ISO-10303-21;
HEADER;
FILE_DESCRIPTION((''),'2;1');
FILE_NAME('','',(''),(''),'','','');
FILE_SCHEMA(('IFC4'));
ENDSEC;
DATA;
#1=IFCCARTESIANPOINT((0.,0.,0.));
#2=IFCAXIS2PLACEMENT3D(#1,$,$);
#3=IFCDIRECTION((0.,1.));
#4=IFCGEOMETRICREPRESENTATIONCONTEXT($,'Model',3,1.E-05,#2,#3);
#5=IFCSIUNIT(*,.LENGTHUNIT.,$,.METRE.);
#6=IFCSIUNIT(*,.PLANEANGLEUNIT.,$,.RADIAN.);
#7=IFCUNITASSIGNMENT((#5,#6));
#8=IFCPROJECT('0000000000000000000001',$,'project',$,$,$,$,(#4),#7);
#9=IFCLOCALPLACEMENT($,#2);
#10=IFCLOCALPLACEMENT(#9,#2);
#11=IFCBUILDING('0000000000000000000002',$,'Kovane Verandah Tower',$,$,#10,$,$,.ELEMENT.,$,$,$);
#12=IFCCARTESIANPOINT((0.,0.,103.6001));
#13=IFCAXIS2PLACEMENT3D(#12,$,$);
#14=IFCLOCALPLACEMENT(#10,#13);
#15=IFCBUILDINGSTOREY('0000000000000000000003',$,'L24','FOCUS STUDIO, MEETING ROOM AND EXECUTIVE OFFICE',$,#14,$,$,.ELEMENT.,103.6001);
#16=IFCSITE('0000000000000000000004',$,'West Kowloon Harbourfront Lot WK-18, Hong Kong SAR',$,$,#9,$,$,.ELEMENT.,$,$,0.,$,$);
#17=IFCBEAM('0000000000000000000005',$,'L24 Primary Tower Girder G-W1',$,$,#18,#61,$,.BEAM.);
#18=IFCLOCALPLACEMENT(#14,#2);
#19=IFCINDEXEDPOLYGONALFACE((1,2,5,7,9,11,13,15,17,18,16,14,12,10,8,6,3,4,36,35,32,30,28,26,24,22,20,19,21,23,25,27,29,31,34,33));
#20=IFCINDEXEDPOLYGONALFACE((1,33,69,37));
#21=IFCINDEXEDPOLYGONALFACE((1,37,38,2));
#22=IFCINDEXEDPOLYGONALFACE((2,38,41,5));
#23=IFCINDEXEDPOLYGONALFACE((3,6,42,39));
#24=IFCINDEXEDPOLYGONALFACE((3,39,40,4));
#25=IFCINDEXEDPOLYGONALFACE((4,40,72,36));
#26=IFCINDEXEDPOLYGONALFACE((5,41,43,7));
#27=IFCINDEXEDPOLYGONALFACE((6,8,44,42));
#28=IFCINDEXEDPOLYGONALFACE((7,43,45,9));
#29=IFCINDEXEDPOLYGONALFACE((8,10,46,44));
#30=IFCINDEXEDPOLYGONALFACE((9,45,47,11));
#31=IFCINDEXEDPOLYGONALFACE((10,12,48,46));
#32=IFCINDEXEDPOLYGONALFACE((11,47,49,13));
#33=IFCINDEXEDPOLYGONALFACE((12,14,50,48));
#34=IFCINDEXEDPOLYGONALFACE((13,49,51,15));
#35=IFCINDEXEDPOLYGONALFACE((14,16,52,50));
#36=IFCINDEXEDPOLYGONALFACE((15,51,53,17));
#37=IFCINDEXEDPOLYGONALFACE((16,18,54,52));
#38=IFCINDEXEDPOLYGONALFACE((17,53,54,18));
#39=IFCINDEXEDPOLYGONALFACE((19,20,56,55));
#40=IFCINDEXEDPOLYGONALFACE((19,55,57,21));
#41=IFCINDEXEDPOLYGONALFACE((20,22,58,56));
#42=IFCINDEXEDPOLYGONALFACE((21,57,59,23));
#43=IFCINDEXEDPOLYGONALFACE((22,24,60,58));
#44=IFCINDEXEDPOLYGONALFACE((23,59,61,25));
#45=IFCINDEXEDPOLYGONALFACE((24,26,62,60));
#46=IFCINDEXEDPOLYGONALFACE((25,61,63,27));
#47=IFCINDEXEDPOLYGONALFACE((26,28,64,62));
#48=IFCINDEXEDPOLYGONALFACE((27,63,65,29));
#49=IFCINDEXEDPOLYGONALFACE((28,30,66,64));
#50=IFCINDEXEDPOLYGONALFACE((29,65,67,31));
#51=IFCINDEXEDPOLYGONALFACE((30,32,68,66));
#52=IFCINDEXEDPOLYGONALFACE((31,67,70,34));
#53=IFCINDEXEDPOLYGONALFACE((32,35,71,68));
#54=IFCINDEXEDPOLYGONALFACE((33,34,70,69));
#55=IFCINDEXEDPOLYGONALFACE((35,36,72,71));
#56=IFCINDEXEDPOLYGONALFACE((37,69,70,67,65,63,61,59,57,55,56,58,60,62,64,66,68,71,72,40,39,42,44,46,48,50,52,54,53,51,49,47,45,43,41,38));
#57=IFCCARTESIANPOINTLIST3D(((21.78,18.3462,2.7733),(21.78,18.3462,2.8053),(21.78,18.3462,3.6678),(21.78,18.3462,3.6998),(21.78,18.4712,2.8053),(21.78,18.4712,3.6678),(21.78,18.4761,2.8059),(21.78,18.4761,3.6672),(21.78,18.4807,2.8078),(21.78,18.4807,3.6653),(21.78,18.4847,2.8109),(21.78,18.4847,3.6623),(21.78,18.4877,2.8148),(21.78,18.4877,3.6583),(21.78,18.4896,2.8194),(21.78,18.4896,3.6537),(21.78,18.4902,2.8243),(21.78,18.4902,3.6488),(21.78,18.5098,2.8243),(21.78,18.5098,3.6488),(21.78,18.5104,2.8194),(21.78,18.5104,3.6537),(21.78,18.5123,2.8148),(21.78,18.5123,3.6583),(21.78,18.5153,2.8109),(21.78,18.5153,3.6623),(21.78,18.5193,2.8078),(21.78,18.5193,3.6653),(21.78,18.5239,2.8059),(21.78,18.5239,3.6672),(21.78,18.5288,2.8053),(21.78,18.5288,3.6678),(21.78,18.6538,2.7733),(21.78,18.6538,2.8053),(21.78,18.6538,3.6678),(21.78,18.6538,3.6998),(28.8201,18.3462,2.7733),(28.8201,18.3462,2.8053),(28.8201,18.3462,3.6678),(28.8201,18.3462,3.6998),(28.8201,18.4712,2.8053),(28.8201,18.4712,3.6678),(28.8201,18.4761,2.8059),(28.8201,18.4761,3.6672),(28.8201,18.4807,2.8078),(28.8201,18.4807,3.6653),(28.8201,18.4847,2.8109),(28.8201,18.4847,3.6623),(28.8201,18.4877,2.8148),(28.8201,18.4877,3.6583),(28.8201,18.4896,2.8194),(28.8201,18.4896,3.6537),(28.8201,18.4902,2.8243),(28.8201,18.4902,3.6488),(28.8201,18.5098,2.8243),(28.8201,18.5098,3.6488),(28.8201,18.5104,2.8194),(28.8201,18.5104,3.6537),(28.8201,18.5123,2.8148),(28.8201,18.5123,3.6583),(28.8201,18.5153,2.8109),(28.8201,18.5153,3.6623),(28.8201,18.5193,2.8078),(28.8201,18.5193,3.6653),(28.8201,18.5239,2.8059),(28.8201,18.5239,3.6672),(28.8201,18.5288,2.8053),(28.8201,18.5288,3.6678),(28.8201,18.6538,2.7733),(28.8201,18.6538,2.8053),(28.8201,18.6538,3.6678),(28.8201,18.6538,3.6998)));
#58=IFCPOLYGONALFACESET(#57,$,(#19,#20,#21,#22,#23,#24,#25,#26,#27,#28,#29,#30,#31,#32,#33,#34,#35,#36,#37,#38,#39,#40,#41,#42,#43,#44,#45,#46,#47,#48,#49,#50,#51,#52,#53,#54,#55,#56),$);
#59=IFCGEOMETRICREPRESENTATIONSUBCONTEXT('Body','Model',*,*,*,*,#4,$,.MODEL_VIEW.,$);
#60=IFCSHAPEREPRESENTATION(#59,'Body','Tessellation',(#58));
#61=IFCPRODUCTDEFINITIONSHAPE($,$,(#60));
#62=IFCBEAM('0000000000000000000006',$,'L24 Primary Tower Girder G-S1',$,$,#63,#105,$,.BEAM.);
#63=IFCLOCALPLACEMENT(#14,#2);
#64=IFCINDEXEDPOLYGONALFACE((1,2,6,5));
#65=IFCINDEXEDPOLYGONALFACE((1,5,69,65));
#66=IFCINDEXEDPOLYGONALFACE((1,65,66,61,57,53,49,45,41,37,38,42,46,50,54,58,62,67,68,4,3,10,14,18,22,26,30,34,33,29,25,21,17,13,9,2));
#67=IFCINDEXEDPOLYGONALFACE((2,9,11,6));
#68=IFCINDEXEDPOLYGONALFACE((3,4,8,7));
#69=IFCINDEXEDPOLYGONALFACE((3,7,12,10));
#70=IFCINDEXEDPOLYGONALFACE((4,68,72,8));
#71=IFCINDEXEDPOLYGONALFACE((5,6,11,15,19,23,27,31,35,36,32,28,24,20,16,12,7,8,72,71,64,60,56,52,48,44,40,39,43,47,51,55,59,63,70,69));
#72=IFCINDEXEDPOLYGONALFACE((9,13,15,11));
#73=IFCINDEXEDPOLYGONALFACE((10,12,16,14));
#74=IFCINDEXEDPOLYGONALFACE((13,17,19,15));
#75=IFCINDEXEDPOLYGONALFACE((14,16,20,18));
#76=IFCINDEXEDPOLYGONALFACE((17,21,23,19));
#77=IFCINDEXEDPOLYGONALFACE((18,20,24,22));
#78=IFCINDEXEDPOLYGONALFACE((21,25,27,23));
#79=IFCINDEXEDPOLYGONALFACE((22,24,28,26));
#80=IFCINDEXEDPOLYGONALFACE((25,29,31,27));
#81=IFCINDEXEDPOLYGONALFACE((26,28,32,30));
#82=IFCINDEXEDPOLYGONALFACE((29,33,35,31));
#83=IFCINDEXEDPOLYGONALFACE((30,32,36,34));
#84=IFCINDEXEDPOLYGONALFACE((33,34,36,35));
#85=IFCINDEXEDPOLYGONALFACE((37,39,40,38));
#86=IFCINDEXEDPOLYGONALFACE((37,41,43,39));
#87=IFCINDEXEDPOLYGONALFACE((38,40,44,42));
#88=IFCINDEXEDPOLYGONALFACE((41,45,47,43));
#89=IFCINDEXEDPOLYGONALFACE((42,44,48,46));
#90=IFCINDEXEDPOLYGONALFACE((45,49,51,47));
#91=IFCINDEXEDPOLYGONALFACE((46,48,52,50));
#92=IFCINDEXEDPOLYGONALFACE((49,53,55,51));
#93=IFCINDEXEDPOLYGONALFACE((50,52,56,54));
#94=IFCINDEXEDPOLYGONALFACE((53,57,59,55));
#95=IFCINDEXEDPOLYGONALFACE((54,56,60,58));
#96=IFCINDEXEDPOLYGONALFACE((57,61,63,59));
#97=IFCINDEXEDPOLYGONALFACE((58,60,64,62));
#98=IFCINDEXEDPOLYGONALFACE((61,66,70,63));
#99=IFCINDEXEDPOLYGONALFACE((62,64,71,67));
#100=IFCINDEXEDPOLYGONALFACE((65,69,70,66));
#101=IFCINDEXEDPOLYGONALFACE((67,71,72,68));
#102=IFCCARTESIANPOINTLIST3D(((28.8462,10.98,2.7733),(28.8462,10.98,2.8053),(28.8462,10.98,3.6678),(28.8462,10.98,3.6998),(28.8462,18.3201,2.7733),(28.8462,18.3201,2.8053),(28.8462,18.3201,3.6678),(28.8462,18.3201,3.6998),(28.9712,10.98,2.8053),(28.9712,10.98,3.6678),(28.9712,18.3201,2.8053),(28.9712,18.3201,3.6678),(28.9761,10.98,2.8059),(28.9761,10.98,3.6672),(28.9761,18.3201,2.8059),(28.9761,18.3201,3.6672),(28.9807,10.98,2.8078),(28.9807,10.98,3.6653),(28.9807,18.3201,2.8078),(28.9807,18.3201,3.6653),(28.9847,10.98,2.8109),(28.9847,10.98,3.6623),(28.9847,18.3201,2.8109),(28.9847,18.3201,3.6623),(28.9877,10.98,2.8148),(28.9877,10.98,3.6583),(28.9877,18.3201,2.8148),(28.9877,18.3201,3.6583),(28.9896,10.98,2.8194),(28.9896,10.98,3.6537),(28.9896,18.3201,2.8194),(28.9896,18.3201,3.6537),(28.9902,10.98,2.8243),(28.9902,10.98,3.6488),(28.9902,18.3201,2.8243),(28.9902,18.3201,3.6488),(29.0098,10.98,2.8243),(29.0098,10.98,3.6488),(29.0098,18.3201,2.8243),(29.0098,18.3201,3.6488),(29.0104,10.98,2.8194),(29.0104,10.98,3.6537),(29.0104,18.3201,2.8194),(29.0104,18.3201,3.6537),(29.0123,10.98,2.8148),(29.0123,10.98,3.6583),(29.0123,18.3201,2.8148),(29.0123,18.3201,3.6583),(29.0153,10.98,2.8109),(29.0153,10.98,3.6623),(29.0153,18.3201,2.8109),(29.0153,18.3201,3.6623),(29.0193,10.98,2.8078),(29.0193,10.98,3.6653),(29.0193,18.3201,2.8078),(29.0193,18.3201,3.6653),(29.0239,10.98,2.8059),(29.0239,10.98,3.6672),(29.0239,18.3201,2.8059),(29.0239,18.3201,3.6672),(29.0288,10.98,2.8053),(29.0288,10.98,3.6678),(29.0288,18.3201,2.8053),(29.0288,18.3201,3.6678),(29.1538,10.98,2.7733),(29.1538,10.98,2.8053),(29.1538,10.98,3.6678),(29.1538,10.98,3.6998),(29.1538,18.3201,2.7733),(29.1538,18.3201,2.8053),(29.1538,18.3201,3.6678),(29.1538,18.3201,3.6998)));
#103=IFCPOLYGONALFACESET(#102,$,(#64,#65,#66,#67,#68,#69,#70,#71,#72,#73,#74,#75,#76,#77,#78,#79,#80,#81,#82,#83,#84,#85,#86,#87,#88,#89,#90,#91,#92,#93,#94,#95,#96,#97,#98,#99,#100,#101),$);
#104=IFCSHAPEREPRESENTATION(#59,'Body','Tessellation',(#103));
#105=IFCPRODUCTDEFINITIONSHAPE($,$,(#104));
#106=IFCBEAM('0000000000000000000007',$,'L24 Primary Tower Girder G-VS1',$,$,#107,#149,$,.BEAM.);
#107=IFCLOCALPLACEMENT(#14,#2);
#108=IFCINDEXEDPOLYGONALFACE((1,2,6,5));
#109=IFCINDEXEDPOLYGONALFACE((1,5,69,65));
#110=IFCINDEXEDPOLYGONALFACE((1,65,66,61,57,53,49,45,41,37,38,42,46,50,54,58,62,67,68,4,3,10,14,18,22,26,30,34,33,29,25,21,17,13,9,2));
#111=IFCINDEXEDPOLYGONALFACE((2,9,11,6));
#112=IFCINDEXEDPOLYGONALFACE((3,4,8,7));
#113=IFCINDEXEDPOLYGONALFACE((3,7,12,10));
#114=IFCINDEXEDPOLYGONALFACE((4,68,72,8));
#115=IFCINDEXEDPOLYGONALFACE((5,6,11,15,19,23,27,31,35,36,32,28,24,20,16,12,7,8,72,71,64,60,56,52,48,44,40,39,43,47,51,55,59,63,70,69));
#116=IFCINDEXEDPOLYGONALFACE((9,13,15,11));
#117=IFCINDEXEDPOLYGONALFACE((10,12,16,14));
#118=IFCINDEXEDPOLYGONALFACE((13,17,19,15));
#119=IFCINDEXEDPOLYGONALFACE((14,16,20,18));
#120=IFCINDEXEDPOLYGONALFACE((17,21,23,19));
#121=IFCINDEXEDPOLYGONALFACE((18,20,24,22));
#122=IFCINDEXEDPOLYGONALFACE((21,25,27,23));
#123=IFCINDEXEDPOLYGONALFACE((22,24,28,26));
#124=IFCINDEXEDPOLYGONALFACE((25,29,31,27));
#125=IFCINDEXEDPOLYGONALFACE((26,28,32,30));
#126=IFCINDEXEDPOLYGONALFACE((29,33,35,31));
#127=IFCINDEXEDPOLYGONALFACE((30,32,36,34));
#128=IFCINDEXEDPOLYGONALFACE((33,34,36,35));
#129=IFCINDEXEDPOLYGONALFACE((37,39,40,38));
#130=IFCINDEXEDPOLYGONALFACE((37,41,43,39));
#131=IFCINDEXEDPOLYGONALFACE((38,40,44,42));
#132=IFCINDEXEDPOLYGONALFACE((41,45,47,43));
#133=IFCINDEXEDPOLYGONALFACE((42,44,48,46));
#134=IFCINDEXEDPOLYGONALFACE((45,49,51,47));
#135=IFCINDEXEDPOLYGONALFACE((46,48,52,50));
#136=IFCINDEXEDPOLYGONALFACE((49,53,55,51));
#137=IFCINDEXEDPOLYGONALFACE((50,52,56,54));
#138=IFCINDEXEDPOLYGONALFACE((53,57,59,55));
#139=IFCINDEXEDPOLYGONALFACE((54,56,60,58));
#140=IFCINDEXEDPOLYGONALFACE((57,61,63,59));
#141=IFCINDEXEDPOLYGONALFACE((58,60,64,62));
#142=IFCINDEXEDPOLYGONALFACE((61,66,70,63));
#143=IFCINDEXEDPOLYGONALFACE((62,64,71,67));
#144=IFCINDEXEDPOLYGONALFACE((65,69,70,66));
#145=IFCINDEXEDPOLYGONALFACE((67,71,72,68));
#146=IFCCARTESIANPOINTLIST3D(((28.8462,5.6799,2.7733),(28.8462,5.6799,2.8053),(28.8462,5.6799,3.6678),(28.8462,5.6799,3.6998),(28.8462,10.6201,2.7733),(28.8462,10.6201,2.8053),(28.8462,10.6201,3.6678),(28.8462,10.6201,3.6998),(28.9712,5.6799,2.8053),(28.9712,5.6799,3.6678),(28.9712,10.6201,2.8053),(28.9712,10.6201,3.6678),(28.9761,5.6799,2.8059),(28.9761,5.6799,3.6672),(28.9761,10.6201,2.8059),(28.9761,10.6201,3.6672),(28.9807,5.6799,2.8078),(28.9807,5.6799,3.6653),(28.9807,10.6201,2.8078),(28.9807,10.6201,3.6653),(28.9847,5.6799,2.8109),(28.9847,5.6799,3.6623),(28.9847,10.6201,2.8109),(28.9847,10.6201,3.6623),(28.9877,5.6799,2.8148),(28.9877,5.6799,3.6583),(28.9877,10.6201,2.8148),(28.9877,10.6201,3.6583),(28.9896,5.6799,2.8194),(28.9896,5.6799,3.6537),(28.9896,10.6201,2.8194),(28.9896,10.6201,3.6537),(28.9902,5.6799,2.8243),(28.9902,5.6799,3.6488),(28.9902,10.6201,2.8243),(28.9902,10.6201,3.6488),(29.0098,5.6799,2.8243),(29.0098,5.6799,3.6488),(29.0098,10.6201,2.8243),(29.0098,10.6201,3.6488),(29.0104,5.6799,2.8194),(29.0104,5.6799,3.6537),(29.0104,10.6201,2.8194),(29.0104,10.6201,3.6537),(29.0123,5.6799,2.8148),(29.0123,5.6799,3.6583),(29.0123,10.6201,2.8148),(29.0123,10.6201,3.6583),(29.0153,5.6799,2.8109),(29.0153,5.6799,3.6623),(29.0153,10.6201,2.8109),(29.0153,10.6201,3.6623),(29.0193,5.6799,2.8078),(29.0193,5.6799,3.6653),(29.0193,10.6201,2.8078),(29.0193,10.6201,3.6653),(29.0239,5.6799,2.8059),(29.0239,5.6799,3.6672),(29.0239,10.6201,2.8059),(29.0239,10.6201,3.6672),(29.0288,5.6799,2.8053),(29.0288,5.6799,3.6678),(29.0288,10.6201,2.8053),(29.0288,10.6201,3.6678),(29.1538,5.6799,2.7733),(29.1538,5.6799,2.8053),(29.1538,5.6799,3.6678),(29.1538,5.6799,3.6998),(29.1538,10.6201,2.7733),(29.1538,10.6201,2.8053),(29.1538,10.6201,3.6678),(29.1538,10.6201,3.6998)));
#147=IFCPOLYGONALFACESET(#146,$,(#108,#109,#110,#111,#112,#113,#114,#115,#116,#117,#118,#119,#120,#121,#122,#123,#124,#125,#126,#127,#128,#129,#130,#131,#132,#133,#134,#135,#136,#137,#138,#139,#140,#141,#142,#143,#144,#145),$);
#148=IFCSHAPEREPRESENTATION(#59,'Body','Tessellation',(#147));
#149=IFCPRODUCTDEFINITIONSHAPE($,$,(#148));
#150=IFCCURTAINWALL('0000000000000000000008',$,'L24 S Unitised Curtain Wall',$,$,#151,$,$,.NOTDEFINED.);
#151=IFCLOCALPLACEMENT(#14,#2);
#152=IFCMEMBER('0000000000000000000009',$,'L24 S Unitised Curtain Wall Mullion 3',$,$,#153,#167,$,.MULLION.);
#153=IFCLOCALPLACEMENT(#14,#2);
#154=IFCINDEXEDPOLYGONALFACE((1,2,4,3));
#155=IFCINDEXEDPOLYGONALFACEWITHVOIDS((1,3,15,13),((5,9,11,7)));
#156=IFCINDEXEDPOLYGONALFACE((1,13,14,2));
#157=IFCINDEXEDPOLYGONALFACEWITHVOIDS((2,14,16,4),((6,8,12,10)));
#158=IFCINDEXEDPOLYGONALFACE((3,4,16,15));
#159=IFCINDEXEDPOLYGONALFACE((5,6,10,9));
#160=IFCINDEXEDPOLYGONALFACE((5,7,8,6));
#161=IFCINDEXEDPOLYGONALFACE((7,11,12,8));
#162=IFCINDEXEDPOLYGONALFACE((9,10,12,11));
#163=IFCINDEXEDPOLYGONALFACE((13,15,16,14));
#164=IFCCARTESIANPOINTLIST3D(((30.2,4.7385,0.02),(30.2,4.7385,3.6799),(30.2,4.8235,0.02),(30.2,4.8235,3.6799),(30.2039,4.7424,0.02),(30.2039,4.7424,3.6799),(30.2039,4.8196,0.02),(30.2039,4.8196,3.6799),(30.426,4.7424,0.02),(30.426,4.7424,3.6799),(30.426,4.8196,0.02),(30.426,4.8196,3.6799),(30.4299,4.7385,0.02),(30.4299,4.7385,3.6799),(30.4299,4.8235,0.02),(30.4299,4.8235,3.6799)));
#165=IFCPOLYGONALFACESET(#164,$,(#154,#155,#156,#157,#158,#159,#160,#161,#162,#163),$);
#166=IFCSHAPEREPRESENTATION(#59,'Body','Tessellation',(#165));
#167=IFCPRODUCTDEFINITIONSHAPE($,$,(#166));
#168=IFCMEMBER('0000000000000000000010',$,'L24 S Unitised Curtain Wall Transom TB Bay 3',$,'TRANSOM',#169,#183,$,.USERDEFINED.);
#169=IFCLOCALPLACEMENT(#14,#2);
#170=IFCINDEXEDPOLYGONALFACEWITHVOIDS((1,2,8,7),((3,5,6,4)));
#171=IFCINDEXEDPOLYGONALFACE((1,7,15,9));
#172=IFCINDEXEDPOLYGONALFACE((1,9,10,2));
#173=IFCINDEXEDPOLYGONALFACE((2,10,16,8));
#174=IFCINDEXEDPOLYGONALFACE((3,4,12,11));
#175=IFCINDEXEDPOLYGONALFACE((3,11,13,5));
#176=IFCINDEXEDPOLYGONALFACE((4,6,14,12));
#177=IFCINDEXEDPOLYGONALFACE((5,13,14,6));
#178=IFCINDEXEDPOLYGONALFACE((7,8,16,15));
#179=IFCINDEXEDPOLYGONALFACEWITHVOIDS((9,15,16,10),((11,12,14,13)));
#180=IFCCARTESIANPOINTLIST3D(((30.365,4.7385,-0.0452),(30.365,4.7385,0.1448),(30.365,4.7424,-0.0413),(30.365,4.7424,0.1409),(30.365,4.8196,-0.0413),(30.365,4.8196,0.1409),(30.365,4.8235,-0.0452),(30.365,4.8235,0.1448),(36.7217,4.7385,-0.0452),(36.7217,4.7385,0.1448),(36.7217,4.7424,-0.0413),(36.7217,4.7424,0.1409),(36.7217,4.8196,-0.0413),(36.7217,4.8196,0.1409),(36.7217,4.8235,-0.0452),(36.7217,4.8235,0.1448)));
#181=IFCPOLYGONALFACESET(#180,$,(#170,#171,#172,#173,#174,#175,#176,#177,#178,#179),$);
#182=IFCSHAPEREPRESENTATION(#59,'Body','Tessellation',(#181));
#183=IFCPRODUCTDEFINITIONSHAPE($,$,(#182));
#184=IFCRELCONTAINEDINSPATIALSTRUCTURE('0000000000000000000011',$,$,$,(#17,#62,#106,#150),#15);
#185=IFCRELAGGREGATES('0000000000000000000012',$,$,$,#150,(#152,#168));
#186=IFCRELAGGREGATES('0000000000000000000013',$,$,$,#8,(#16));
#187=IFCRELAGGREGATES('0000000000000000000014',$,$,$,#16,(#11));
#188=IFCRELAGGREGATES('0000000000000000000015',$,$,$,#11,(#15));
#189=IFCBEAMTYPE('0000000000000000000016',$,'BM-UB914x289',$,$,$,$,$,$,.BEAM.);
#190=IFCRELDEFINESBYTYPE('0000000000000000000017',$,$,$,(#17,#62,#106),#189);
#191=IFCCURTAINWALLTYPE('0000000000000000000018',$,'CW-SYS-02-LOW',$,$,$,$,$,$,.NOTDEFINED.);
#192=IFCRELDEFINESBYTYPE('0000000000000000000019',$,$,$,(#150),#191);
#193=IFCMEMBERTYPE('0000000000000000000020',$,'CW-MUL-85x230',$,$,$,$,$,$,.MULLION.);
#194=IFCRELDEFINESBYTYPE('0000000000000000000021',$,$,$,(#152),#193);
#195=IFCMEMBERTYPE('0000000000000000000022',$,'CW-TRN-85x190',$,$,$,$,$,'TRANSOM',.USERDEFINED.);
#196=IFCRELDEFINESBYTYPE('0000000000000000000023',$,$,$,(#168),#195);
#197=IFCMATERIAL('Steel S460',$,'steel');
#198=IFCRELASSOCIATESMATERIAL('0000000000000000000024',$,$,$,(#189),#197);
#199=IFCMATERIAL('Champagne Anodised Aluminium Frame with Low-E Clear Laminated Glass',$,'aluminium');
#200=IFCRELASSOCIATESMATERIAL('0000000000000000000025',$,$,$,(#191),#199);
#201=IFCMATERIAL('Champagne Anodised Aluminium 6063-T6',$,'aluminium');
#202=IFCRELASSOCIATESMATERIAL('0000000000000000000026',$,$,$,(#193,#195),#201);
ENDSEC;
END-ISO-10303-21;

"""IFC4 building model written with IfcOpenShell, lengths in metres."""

from ifc_helpers import new_model, si_unit, direction, frame, origin, origin_2d, place, context, subcontext, project, spatial, hollow_rectangle, i_section, extrude, material, material_profile, profile_set, type_object, element, aggregate, save


model = new_model("IFC4")

# Units and contexts
model_context = context("Model", 3, precision=1e-05, world=origin(), true_north=direction((0.0, 1.0)))
body_context = subcontext(model_context, "Body", "Model", "MODEL_VIEW")
ifc_project = project(units=[si_unit("LENGTHUNIT", "METRE"), si_unit("PLANEANGLEUNIT", "RADIAN")], contexts=[model_context])

# Site, building, storey
site_placement = place(None, origin())
site = spatial("IfcSite", under=ifc_project, at=site_placement, Name="West Kowloon Harbourfront Lot WK-18, Hong Kong SAR", CompositionType="ELEMENT", RefElevation=0.0)
building_placement = place(site_placement, origin())
building = spatial("IfcBuilding", under=site, at=building_placement, Name="Kovane Verandah Tower", CompositionType="ELEMENT")
storey_placement = place(building_placement, frame((0.0, 0.0, 103.6001)))
storey = spatial("IfcBuildingStorey", under=building, at=storey_placement, Name="L24", Description="FOCUS STUDIO, MEETING ROOM AND EXECUTIVE OFFICE", CompositionType="ELEMENT", Elevation=103.6001)

# Shared definitions
ifc_material_1 = material(Name="Steel S460", Category="steel")

# Beams
ifc_material_profile_1 = material_profile(ifc_material_1, i_section(OverallWidth=0.3076, OverallDepth=0.9265, WebThickness=0.0195, FlangeThickness=0.032, FilletRadius=0.019, at=origin_2d()), Name="UB914x305x289")
ifc_profile_set_1 = profile_set([ifc_material_profile_1], Name="Steel S460")
beam_type_1 = type_object("IfcBeamType", Name="BM-UB914x289", PredefinedType="BEAM", material=ifc_profile_set_1)
beam_1_placement = place(storey_placement, frame((28.8201, 18.5, 3.2366), z_axis=(-1.0, 0.0, 0.0), x_axis=(0.0, -1.0, 0.0)))
element("IfcBeam", 1, at=beam_1_placement, inside=storey, type_object=beam_type_1, Name="L24 Primary Tower Girder G-W1", PredefinedType="BEAM", context=body_context, shape_type="SweptSolid", body=[
    extrude(i_section(OverallWidth=0.3076, OverallDepth=0.9265, WebThickness=0.0195, FlangeThickness=0.032, FilletRadius=0.019, at=origin_2d()), origin(), (0.0, 0.0, 1.0), 7.04),
])
beam_2_placement = place(storey_placement, frame((29.0, 18.3201, 3.2366), z_axis=(0.0, -1.0, 0.0), x_axis=(1.0, 0.0, 0.0)))
element("IfcBeam", 2, at=beam_2_placement, inside=storey, type_object=beam_type_1, Name="L24 Primary Tower Girder G-S1", PredefinedType="BEAM", context=body_context, shape_type="SweptSolid", body=[
    extrude(i_section(OverallWidth=0.3076, OverallDepth=0.9265, WebThickness=0.0195, FlangeThickness=0.032, FilletRadius=0.019, at=origin_2d()), origin(), (0.0, 0.0, 1.0), 7.3401),
])
beam_3_placement = place(storey_placement, frame((29.0, 10.6201, 3.2366), z_axis=(0.0, -1.0, 0.0), x_axis=(1.0, 0.0, 0.0)))
element("IfcBeam", 3, at=beam_3_placement, inside=storey, type_object=beam_type_1, Name="L24 Primary Tower Girder G-VS1", PredefinedType="BEAM", context=body_context, shape_type="SweptSolid", body=[
    extrude(i_section(OverallWidth=0.3076, OverallDepth=0.9265, WebThickness=0.0195, FlangeThickness=0.032, FilletRadius=0.019, at=origin_2d()), origin(), (0.0, 0.0, 1.0), 4.9402),
])

# Curtain wall, members
ifc_material_2 = material(Name="Champagne Anodised Aluminium Frame with Low-E Clear Laminated Glass", Category="aluminium")
curtain_wall_type = type_object("IfcCurtainWallType", Name="CW-SYS-02-LOW", PredefinedType="NOTDEFINED", material=ifc_material_2)
curtain_wall_placement = place(storey_placement, origin())
curtain_wall = element("IfcCurtainWall", 4, at=curtain_wall_placement, inside=storey, type_object=curtain_wall_type, Name="L24 S Unitised Curtain Wall", PredefinedType="NOTDEFINED")
ifc_material_3 = material(Name="Champagne Anodised Aluminium 6063-T6", Category="aluminium")
ifc_material_profile_2 = material_profile(ifc_material_3, hollow_rectangle(XDim=0.085, YDim=0.23, WallThickness=0.0039, at=origin_2d()), Name="AL85x230x4")
ifc_profile_set_2 = profile_set([ifc_material_profile_2], Name="Champagne Anodised Aluminium 6063-T6")
member_type_1 = type_object("IfcMemberType", Name="CW-MUL-85x230", PredefinedType="MULLION", material=ifc_profile_set_2)
member_1_placement = place(storey_placement, frame((30.3149, 4.781, 0.02), z_axis=(0.0, 0.0, 1.0), x_axis=(0.0, -1.0, 0.0)))
member_1 = element("IfcMember", 5, at=member_1_placement, type_object=member_type_1, Name="L24 S Unitised Curtain Wall Mullion 3", PredefinedType="MULLION", context=body_context, shape_type="SweptSolid", body=[
    extrude(hollow_rectangle(XDim=0.085, YDim=0.23, WallThickness=0.0039, at=origin_2d()), origin(), (0.0, 0.0, 1.0), 3.6599),
])
ifc_material_profile_3 = material_profile(ifc_material_3, hollow_rectangle(XDim=0.085, YDim=0.1899, WallThickness=0.0039, at=origin_2d()), Name="AL85x190x4")
ifc_profile_set_3 = profile_set([ifc_material_profile_3], Name="Champagne Anodised Aluminium 6063-T6")
member_type_2 = type_object("IfcMemberType", Name="CW-TRN-85x190", ElementType="TRANSOM", PredefinedType="USERDEFINED", material=ifc_profile_set_3)
member_2_placement = place(storey_placement, frame((30.365, 4.781, 0.0498), z_axis=(1.0, 0.0, 0.0), x_axis=(0.0, 1.0, 0.0)))
member_2 = element("IfcMember", 6, at=member_2_placement, type_object=member_type_2, Name="L24 S Unitised Curtain Wall Transom TB Bay 3", ObjectType="TRANSOM", PredefinedType="USERDEFINED", context=body_context, shape_type="SweptSolid", body=[
    extrude(hollow_rectangle(XDim=0.085, YDim=0.1899, WallThickness=0.0039, at=origin_2d()), origin(), (0.0, 0.0, 1.0), 6.3567),
])
aggregate(curtain_wall, [member_1, member_2])

save(model, "model.ifc")
